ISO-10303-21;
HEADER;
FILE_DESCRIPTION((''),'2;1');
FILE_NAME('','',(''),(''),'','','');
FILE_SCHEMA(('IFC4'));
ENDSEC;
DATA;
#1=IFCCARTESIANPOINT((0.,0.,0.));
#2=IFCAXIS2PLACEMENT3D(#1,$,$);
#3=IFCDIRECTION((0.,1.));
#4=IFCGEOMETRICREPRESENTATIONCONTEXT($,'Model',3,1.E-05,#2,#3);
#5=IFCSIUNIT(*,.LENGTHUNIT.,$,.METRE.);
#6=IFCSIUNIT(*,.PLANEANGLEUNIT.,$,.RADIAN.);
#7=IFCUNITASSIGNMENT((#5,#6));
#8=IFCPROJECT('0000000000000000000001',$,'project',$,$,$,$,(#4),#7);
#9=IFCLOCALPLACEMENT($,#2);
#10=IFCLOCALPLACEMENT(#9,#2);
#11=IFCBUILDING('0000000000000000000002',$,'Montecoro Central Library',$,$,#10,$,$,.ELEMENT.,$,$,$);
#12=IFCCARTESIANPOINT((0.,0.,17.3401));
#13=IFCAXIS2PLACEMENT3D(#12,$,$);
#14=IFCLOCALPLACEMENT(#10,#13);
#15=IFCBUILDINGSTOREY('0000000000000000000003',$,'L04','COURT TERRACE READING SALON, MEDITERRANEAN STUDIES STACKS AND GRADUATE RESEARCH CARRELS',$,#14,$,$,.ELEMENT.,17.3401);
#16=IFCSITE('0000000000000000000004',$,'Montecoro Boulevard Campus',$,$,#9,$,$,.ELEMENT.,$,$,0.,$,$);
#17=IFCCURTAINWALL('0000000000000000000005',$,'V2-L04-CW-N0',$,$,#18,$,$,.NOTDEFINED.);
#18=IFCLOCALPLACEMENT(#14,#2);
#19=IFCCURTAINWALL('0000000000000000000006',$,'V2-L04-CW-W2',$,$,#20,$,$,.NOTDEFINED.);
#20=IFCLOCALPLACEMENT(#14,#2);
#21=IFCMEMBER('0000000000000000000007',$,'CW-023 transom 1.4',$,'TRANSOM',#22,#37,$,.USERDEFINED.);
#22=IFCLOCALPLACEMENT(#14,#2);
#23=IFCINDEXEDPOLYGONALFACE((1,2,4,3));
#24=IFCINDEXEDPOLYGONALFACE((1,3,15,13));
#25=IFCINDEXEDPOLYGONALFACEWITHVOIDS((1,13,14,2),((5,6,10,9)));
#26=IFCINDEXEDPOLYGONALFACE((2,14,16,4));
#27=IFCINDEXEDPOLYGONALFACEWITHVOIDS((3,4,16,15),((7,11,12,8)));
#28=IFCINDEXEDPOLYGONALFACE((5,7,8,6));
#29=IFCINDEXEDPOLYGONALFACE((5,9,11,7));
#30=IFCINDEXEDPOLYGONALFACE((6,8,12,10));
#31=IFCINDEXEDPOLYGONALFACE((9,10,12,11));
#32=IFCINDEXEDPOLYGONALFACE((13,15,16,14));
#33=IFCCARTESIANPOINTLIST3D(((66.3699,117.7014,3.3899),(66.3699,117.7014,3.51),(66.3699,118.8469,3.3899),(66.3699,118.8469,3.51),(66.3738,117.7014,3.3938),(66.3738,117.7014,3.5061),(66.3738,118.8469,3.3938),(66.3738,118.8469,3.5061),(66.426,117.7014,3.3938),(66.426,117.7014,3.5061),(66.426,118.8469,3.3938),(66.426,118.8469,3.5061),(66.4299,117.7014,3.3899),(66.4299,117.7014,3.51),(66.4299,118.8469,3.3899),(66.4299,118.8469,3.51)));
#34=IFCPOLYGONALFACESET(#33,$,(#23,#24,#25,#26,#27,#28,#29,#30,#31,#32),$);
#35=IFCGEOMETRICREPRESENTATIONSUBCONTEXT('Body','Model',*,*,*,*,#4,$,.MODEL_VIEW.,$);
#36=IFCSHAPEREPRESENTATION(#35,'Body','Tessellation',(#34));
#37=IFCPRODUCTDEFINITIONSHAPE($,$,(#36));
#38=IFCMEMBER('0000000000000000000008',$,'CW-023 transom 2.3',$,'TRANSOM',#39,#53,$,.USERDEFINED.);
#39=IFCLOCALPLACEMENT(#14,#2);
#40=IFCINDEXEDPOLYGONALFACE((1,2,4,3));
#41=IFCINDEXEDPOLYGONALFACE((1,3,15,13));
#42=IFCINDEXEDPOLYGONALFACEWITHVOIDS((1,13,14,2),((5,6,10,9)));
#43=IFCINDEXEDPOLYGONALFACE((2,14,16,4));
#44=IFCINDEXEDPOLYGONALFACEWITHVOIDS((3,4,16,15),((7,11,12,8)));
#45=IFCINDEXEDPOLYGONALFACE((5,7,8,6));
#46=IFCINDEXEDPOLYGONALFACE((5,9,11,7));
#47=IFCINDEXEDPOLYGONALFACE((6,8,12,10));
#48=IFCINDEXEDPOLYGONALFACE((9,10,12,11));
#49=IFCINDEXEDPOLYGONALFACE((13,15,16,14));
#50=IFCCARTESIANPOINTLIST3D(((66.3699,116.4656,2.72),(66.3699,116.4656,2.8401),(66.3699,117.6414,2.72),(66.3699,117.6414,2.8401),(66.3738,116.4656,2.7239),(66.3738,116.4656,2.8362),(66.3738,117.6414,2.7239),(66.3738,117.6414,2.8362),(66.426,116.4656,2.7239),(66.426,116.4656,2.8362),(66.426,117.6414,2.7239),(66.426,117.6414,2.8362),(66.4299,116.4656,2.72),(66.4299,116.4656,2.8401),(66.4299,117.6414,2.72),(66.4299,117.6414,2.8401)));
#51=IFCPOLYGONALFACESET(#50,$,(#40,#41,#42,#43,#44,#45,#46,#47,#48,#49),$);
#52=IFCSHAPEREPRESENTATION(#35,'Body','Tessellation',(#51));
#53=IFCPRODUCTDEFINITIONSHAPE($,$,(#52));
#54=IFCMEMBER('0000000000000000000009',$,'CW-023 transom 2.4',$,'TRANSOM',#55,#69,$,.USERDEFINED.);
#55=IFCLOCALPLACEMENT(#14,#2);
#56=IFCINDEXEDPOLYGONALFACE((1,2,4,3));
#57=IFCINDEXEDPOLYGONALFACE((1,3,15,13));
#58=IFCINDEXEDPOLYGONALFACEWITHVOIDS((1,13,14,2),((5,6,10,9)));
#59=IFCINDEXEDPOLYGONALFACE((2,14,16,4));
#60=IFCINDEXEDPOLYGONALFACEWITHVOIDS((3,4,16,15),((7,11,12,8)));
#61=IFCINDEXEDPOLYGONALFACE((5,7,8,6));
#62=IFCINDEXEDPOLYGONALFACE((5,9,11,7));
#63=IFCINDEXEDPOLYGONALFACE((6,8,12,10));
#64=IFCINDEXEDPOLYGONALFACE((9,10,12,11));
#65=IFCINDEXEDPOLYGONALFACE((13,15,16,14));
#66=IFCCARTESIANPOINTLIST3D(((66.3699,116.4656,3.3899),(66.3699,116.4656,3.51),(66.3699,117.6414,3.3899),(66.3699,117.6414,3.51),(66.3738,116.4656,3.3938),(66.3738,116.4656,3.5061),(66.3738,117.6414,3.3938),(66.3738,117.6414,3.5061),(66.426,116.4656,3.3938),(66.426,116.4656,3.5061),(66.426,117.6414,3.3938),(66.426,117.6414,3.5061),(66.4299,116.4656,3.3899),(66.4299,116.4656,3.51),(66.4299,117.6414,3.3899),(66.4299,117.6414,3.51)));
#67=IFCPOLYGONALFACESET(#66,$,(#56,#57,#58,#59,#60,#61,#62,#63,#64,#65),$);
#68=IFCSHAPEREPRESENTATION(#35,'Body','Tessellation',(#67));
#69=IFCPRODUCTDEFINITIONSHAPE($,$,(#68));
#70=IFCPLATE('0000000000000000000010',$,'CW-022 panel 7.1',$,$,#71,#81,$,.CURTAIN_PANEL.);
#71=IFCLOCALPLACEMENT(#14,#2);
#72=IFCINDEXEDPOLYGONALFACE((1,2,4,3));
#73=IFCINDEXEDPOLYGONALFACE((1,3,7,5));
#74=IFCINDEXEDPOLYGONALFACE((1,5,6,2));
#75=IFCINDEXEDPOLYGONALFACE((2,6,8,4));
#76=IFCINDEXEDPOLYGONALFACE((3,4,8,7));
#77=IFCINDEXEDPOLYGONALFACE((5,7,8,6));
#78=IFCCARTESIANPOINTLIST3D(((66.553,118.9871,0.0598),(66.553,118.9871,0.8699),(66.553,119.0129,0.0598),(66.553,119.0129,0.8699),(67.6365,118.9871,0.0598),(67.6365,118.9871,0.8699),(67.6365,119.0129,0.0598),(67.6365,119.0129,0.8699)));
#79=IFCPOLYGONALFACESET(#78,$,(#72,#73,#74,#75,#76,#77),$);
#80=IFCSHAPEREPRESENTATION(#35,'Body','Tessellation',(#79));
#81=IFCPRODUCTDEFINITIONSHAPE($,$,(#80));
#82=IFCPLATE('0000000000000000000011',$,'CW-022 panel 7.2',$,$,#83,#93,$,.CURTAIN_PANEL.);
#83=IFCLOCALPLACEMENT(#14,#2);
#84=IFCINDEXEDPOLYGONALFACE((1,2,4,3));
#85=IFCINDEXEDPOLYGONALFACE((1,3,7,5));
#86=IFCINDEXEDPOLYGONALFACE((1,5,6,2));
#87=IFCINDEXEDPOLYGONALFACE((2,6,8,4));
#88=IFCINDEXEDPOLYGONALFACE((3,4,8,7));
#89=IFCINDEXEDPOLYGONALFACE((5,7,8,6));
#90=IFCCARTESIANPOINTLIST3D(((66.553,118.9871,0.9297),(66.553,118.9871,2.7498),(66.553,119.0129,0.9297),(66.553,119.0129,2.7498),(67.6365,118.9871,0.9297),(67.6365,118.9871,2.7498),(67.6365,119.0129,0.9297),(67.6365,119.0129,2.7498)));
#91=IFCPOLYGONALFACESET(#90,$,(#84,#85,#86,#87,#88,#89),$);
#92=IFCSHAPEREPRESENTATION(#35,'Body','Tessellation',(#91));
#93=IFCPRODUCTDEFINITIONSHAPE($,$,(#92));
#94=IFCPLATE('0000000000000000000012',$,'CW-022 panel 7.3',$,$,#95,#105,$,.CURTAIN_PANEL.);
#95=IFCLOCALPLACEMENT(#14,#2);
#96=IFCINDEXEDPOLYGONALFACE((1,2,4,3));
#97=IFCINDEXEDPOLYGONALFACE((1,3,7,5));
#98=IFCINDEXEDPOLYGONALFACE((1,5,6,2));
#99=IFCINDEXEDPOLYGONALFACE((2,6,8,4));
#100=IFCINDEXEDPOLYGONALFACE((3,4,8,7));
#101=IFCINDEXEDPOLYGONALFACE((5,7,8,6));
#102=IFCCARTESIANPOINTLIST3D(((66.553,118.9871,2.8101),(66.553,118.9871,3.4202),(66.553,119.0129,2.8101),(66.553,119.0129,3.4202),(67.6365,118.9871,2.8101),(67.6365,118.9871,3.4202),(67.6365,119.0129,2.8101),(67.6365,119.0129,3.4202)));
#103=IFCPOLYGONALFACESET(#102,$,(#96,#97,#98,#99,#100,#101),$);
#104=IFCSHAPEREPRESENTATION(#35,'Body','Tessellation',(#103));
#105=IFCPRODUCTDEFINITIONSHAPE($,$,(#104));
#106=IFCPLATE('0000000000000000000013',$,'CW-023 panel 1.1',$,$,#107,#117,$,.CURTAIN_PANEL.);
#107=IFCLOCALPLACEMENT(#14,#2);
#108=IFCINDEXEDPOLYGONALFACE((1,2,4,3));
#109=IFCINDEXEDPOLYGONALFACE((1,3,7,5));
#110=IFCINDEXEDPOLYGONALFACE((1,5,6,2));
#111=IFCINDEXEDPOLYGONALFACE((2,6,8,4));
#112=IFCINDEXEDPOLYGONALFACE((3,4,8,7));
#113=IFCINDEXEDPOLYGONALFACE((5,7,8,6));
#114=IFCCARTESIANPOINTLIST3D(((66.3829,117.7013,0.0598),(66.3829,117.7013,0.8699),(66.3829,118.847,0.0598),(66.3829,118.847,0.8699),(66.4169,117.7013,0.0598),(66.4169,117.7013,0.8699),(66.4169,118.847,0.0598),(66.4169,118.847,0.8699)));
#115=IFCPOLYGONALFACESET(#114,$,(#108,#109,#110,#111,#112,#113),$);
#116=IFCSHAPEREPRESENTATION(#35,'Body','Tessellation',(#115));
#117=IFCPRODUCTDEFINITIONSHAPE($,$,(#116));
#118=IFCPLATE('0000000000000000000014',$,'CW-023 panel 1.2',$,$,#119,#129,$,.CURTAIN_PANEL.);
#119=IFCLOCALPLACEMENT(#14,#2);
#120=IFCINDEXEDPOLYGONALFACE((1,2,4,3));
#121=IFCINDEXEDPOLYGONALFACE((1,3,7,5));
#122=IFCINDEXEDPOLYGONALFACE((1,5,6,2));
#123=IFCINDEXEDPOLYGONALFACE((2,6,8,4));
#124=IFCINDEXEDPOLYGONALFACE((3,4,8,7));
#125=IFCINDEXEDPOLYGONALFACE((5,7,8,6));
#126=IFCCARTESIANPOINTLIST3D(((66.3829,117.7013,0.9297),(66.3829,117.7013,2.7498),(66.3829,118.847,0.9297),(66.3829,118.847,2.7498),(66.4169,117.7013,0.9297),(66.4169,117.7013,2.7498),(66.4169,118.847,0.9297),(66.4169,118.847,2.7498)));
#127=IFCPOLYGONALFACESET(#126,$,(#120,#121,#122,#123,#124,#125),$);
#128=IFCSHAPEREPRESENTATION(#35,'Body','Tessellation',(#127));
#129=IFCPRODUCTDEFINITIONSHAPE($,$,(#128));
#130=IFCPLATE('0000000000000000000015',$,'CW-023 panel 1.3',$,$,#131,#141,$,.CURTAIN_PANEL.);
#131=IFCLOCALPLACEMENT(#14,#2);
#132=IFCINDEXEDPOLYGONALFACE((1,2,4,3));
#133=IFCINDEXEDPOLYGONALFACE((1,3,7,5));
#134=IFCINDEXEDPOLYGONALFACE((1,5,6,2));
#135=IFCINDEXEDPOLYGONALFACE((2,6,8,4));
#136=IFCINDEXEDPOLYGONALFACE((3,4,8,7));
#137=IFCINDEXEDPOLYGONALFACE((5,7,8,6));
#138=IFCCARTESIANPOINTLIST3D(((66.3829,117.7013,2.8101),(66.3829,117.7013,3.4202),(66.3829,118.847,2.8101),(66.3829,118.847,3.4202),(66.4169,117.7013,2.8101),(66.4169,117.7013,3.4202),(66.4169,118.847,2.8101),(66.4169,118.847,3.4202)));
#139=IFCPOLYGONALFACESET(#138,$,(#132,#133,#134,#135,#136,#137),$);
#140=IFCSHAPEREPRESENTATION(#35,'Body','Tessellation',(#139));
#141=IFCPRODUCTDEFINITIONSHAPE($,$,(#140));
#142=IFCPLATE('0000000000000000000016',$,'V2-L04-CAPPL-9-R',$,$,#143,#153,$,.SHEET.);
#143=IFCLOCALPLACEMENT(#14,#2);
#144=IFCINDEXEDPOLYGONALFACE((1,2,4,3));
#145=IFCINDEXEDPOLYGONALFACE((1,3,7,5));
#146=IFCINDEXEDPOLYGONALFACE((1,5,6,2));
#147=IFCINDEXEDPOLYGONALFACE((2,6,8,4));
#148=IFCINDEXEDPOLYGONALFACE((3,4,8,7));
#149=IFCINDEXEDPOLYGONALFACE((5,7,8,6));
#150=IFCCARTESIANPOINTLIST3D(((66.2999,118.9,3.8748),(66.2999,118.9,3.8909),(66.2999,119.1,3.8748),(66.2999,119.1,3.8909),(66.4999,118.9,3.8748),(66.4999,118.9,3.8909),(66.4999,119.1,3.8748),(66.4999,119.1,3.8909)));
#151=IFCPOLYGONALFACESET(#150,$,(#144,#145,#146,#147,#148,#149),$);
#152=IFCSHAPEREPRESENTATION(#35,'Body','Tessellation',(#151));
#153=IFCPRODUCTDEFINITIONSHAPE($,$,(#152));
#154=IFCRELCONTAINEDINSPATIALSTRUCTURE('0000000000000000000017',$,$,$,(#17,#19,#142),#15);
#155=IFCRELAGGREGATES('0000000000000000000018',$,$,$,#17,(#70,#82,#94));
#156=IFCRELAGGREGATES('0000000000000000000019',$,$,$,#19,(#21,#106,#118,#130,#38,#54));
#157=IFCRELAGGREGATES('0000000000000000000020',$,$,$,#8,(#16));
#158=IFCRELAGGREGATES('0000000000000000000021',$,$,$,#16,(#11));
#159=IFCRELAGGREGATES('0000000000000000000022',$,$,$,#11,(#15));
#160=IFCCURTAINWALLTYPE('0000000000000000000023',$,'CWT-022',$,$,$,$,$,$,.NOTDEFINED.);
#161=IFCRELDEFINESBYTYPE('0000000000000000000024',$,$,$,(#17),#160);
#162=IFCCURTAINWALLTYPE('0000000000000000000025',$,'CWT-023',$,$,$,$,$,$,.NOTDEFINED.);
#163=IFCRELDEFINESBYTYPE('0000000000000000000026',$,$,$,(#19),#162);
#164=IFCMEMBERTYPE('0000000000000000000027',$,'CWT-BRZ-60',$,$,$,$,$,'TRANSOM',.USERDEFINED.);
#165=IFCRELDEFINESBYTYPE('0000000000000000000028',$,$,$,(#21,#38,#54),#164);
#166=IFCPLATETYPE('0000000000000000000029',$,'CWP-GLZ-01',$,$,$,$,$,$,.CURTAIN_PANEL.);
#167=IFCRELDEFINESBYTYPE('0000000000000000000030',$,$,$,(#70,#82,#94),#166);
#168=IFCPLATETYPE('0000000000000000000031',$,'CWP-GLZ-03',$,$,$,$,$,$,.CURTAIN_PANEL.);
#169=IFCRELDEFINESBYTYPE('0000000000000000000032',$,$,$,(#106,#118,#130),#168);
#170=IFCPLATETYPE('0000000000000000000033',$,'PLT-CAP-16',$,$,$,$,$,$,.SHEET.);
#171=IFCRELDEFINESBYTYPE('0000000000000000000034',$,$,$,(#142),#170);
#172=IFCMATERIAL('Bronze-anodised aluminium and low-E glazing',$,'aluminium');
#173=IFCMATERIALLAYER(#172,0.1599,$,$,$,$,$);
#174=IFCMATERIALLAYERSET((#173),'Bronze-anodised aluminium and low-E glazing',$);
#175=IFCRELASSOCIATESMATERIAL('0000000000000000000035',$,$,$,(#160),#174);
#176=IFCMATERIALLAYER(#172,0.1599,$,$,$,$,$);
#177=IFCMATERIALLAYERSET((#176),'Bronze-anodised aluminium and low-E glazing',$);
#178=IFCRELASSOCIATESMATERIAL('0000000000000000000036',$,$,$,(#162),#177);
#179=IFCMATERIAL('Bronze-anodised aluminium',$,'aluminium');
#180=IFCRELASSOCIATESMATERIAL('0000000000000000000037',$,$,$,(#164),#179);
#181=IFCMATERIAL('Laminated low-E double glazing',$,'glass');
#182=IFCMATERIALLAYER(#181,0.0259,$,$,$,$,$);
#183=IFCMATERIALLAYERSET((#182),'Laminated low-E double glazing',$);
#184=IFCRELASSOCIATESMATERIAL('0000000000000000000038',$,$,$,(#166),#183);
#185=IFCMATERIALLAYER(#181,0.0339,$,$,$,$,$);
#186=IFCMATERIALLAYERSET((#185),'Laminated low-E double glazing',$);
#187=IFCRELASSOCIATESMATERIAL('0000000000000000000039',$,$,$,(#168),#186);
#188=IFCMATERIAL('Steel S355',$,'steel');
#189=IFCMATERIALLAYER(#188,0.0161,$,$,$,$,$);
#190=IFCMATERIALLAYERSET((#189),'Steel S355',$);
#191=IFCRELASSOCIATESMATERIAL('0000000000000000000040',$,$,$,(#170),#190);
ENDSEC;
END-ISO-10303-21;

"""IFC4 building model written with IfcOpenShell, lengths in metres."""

from ifc_helpers import new_model, si_unit, direction, frame, origin, origin_2d, place, context, subcontext, project, spatial, rectangle, hollow_rectangle, extrude, material, layer, layer_set, material_profile, profile_set, type_object, element, aggregate, save


model = new_model("IFC4")

# Units and contexts
model_context = context("Model", 3, precision=1e-05, world=origin(), true_north=direction((0.0, 1.0)))
body_context = subcontext(model_context, "Body", "Model", "MODEL_VIEW")
ifc_project = project(units=[si_unit("LENGTHUNIT", "METRE"), si_unit("PLANEANGLEUNIT", "RADIAN")], contexts=[model_context])

# Site, building, storey
site_placement = place(None, origin())
site = spatial("IfcSite", under=ifc_project, at=site_placement, Name="Montecoro Boulevard Campus", CompositionType="ELEMENT", RefElevation=0.0)
building_placement = place(site_placement, origin())
building = spatial("IfcBuilding", under=site, at=building_placement, Name="Montecoro Central Library", CompositionType="ELEMENT")
storey_placement = place(building_placement, frame((0.0, 0.0, 17.3401)))
storey = spatial("IfcBuildingStorey", under=building, at=storey_placement, Name="L04", Description="COURT TERRACE READING SALON, MEDITERRANEAN STUDIES STACKS AND GRADUATE RESEARCH CARRELS", CompositionType="ELEMENT", Elevation=17.3401)

# Shared definitions
ifc_material_1 = material(Name="Steel S355", Category="steel")

# Curtain wall
ifc_material_2 = material(Name="Bronze-anodised aluminium and low-E glazing", Category="aluminium")
ifc_layer_1 = layer(ifc_material_2, 0.1599)
ifc_layer_set_1 = layer_set([ifc_layer_1], Name="Bronze-anodised aluminium and low-E glazing")
curtain_wall_type_1 = type_object("IfcCurtainWallType", Name="CWT-022", PredefinedType="NOTDEFINED", material=ifc_layer_set_1)
curtain_wall_1_placement = place(storey_placement, origin())
curtain_wall_1 = element("IfcCurtainWall", 1, at=curtain_wall_1_placement, inside=storey, type_object=curtain_wall_type_1, Name="V2-L04-CW-N0", PredefinedType="NOTDEFINED")
ifc_material_3 = material(Name="Bronze-anodised aluminium", Category="aluminium")

# Curtain wall
ifc_layer_2 = layer(ifc_material_2, 0.1599)
ifc_layer_set_2 = layer_set([ifc_layer_2], Name="Bronze-anodised aluminium and low-E glazing")
curtain_wall_type_2 = type_object("IfcCurtainWallType", Name="CWT-023", PredefinedType="NOTDEFINED", material=ifc_layer_set_2)
curtain_wall_2_placement = place(storey_placement, origin())
curtain_wall_2 = element("IfcCurtainWall", 2, at=curtain_wall_2_placement, inside=storey, type_object=curtain_wall_type_2, Name="V2-L04-CW-W2", PredefinedType="NOTDEFINED")

# Members
ifc_material_profile_1 = material_profile(ifc_material_3, hollow_rectangle(XDim=0.0601, YDim=0.1201, WallThickness=0.0039, at=origin_2d()), Name="CWT 120x60x4.0")
ifc_profile_set_1 = profile_set([ifc_material_profile_1], Name="Bronze-anodised aluminium")
member_type_1 = type_object("IfcMemberType", Name="CWT-BRZ-60", ElementType="TRANSOM", PredefinedType="USERDEFINED", material=ifc_profile_set_1)
member_1_placement = place(storey_placement, frame((66.3999, 118.8469, 3.45), z_axis=(0.0, -1.0, 0.0), x_axis=(1.0, 0.0, 0.0)))
member_1 = element("IfcMember", 3, at=member_1_placement, type_object=member_type_1, Name="CW-023 transom 1.4", ObjectType="TRANSOM", PredefinedType="USERDEFINED", context=body_context, shape_type="SweptSolid", body=[
    extrude(hollow_rectangle(XDim=0.0601, YDim=0.1201, WallThickness=0.0039, at=origin_2d()), origin(), (0.0, 0.0, 1.0), 1.1455),
])
member_2_placement = place(storey_placement, frame((66.3999, 117.6414, 2.78), z_axis=(0.0, -1.0, 0.0), x_axis=(1.0, 0.0, 0.0)))
member_2 = element("IfcMember", 4, at=member_2_placement, type_object=member_type_1, Name="CW-023 transom 2.3", ObjectType="TRANSOM", PredefinedType="USERDEFINED", context=body_context, shape_type="SweptSolid", body=[
    extrude(hollow_rectangle(XDim=0.0601, YDim=0.1201, WallThickness=0.0039, at=origin_2d()), origin(), (0.0, 0.0, 1.0), 1.1758),
])
member_3_placement = place(storey_placement, frame((66.3999, 117.6414, 3.45), z_axis=(0.0, -1.0, 0.0), x_axis=(1.0, 0.0, 0.0)))
member_3 = element("IfcMember", 5, at=member_3_placement, type_object=member_type_1, Name="CW-023 transom 2.4", ObjectType="TRANSOM", PredefinedType="USERDEFINED", context=body_context, shape_type="SweptSolid", body=[
    extrude(hollow_rectangle(XDim=0.0601, YDim=0.1201, WallThickness=0.0039, at=origin_2d()), origin(), (0.0, 0.0, 1.0), 1.1758),
])

# Plates
ifc_material_4 = material(Name="Laminated low-E double glazing", Category="glass")
ifc_layer_3 = layer(ifc_material_4, 0.0259)
ifc_layer_set_3 = layer_set([ifc_layer_3], Name="Laminated low-E double glazing")
plate_type_1 = type_object("IfcPlateType", Name="CWP-GLZ-01", PredefinedType="CURTAIN_PANEL", material=ifc_layer_set_3)
plate_1_placement = place(storey_placement, frame((67.0947, 119.0, 0.0598), z_axis=(0.0, 0.0, 1.0), x_axis=(-1.0, 0.0, 0.0)))
plate_1 = element("IfcPlate", 6, at=plate_1_placement, type_object=plate_type_1, Name="CW-022 panel 7.1", PredefinedType="CURTAIN_PANEL", context=body_context, shape_type="SweptSolid", body=[
    extrude(rectangle(XDim=1.0835, YDim=0.0259, at=origin_2d()), origin(), (0.0, 0.0, 1.0), 0.8101),
])
plate_2_placement = place(storey_placement, frame((67.0947, 119.0, 0.9297), z_axis=(0.0, 0.0, 1.0), x_axis=(-1.0, 0.0, 0.0)))
plate_2 = element("IfcPlate", 7, at=plate_2_placement, type_object=plate_type_1, Name="CW-022 panel 7.2", PredefinedType="CURTAIN_PANEL", context=body_context, shape_type="SweptSolid", body=[
    extrude(rectangle(XDim=1.0835, YDim=0.0259, at=origin_2d()), origin(), (0.0, 0.0, 1.0), 1.8201),
])
plate_3_placement = place(storey_placement, frame((67.0947, 119.0, 2.8101), z_axis=(0.0, 0.0, 1.0), x_axis=(-1.0, 0.0, 0.0)))
plate_3 = element("IfcPlate", 8, at=plate_3_placement, type_object=plate_type_1, Name="CW-022 panel 7.3", PredefinedType="CURTAIN_PANEL", context=body_context, shape_type="SweptSolid", body=[
    extrude(rectangle(XDim=1.0835, YDim=0.0259, at=origin_2d()), origin(), (0.0, 0.0, 1.0), 0.6101),
])
aggregate(curtain_wall_1, [plate_1, plate_2, plate_3])
ifc_layer_4 = layer(ifc_material_4, 0.0339)
ifc_layer_set_4 = layer_set([ifc_layer_4], Name="Laminated low-E double glazing")
plate_type_2 = type_object("IfcPlateType", Name="CWP-GLZ-03", PredefinedType="CURTAIN_PANEL", material=ifc_layer_set_4)
plate_4_placement = place(storey_placement, frame((66.3999, 118.2742, 0.0598), z_axis=(0.0, 0.0, 1.0), x_axis=(0.0, -1.0, 0.0)))
plate_4 = element("IfcPlate", 9, at=plate_4_placement, type_object=plate_type_2, Name="CW-023 panel 1.1", PredefinedType="CURTAIN_PANEL", context=body_context, shape_type="SweptSolid", body=[
    extrude(rectangle(XDim=1.1458, YDim=0.0339, at=origin_2d()), origin(), (0.0, 0.0, 1.0), 0.8101),
])
plate_5_placement = place(storey_placement, frame((66.3999, 118.2742, 0.9297), z_axis=(0.0, 0.0, 1.0), x_axis=(0.0, -1.0, 0.0)))
plate_5 = element("IfcPlate", 10, at=plate_5_placement, type_object=plate_type_2, Name="CW-023 panel 1.2", PredefinedType="CURTAIN_PANEL", context=body_context, shape_type="SweptSolid", body=[
    extrude(rectangle(XDim=1.1458, YDim=0.0339, at=origin_2d()), origin(), (0.0, 0.0, 1.0), 1.8201),
])
plate_6_placement = place(storey_placement, frame((66.3999, 118.2742, 2.8101), z_axis=(0.0, 0.0, 1.0), x_axis=(0.0, -1.0, 0.0)))
plate_6 = element("IfcPlate", 11, at=plate_6_placement, type_object=plate_type_2, Name="CW-023 panel 1.3", PredefinedType="CURTAIN_PANEL", context=body_context, shape_type="SweptSolid", body=[
    extrude(rectangle(XDim=1.1458, YDim=0.0339, at=origin_2d()), origin(), (0.0, 0.0, 1.0), 0.6101),
])
aggregate(curtain_wall_2, [member_1, plate_4, plate_5, plate_6, member_2, member_3])
ifc_layer_5 = layer(ifc_material_1, 0.0161)
ifc_layer_set_5 = layer_set([ifc_layer_5], Name="Steel S355")
plate_type_3 = type_object("IfcPlateType", Name="PLT-CAP-16", PredefinedType="SHEET", material=ifc_layer_set_5)
plate_7_placement = place(storey_placement, frame((66.3999, 119.0, 3.8748), z_axis=(0.0, 0.0, 1.0), x_axis=(1.0, 0.0, 0.0)))
element("IfcPlate", 12, at=plate_7_placement, inside=storey, type_object=plate_type_3, Name="V2-L04-CAPPL-9-R", PredefinedType="SHEET", context=body_context, shape_type="SweptSolid", body=[
    extrude(rectangle(XDim=0.2, YDim=0.2, at=origin_2d()), origin(), (0.0, 0.0, 1.0), 0.0161),
])

save(model, "model.ifc")
